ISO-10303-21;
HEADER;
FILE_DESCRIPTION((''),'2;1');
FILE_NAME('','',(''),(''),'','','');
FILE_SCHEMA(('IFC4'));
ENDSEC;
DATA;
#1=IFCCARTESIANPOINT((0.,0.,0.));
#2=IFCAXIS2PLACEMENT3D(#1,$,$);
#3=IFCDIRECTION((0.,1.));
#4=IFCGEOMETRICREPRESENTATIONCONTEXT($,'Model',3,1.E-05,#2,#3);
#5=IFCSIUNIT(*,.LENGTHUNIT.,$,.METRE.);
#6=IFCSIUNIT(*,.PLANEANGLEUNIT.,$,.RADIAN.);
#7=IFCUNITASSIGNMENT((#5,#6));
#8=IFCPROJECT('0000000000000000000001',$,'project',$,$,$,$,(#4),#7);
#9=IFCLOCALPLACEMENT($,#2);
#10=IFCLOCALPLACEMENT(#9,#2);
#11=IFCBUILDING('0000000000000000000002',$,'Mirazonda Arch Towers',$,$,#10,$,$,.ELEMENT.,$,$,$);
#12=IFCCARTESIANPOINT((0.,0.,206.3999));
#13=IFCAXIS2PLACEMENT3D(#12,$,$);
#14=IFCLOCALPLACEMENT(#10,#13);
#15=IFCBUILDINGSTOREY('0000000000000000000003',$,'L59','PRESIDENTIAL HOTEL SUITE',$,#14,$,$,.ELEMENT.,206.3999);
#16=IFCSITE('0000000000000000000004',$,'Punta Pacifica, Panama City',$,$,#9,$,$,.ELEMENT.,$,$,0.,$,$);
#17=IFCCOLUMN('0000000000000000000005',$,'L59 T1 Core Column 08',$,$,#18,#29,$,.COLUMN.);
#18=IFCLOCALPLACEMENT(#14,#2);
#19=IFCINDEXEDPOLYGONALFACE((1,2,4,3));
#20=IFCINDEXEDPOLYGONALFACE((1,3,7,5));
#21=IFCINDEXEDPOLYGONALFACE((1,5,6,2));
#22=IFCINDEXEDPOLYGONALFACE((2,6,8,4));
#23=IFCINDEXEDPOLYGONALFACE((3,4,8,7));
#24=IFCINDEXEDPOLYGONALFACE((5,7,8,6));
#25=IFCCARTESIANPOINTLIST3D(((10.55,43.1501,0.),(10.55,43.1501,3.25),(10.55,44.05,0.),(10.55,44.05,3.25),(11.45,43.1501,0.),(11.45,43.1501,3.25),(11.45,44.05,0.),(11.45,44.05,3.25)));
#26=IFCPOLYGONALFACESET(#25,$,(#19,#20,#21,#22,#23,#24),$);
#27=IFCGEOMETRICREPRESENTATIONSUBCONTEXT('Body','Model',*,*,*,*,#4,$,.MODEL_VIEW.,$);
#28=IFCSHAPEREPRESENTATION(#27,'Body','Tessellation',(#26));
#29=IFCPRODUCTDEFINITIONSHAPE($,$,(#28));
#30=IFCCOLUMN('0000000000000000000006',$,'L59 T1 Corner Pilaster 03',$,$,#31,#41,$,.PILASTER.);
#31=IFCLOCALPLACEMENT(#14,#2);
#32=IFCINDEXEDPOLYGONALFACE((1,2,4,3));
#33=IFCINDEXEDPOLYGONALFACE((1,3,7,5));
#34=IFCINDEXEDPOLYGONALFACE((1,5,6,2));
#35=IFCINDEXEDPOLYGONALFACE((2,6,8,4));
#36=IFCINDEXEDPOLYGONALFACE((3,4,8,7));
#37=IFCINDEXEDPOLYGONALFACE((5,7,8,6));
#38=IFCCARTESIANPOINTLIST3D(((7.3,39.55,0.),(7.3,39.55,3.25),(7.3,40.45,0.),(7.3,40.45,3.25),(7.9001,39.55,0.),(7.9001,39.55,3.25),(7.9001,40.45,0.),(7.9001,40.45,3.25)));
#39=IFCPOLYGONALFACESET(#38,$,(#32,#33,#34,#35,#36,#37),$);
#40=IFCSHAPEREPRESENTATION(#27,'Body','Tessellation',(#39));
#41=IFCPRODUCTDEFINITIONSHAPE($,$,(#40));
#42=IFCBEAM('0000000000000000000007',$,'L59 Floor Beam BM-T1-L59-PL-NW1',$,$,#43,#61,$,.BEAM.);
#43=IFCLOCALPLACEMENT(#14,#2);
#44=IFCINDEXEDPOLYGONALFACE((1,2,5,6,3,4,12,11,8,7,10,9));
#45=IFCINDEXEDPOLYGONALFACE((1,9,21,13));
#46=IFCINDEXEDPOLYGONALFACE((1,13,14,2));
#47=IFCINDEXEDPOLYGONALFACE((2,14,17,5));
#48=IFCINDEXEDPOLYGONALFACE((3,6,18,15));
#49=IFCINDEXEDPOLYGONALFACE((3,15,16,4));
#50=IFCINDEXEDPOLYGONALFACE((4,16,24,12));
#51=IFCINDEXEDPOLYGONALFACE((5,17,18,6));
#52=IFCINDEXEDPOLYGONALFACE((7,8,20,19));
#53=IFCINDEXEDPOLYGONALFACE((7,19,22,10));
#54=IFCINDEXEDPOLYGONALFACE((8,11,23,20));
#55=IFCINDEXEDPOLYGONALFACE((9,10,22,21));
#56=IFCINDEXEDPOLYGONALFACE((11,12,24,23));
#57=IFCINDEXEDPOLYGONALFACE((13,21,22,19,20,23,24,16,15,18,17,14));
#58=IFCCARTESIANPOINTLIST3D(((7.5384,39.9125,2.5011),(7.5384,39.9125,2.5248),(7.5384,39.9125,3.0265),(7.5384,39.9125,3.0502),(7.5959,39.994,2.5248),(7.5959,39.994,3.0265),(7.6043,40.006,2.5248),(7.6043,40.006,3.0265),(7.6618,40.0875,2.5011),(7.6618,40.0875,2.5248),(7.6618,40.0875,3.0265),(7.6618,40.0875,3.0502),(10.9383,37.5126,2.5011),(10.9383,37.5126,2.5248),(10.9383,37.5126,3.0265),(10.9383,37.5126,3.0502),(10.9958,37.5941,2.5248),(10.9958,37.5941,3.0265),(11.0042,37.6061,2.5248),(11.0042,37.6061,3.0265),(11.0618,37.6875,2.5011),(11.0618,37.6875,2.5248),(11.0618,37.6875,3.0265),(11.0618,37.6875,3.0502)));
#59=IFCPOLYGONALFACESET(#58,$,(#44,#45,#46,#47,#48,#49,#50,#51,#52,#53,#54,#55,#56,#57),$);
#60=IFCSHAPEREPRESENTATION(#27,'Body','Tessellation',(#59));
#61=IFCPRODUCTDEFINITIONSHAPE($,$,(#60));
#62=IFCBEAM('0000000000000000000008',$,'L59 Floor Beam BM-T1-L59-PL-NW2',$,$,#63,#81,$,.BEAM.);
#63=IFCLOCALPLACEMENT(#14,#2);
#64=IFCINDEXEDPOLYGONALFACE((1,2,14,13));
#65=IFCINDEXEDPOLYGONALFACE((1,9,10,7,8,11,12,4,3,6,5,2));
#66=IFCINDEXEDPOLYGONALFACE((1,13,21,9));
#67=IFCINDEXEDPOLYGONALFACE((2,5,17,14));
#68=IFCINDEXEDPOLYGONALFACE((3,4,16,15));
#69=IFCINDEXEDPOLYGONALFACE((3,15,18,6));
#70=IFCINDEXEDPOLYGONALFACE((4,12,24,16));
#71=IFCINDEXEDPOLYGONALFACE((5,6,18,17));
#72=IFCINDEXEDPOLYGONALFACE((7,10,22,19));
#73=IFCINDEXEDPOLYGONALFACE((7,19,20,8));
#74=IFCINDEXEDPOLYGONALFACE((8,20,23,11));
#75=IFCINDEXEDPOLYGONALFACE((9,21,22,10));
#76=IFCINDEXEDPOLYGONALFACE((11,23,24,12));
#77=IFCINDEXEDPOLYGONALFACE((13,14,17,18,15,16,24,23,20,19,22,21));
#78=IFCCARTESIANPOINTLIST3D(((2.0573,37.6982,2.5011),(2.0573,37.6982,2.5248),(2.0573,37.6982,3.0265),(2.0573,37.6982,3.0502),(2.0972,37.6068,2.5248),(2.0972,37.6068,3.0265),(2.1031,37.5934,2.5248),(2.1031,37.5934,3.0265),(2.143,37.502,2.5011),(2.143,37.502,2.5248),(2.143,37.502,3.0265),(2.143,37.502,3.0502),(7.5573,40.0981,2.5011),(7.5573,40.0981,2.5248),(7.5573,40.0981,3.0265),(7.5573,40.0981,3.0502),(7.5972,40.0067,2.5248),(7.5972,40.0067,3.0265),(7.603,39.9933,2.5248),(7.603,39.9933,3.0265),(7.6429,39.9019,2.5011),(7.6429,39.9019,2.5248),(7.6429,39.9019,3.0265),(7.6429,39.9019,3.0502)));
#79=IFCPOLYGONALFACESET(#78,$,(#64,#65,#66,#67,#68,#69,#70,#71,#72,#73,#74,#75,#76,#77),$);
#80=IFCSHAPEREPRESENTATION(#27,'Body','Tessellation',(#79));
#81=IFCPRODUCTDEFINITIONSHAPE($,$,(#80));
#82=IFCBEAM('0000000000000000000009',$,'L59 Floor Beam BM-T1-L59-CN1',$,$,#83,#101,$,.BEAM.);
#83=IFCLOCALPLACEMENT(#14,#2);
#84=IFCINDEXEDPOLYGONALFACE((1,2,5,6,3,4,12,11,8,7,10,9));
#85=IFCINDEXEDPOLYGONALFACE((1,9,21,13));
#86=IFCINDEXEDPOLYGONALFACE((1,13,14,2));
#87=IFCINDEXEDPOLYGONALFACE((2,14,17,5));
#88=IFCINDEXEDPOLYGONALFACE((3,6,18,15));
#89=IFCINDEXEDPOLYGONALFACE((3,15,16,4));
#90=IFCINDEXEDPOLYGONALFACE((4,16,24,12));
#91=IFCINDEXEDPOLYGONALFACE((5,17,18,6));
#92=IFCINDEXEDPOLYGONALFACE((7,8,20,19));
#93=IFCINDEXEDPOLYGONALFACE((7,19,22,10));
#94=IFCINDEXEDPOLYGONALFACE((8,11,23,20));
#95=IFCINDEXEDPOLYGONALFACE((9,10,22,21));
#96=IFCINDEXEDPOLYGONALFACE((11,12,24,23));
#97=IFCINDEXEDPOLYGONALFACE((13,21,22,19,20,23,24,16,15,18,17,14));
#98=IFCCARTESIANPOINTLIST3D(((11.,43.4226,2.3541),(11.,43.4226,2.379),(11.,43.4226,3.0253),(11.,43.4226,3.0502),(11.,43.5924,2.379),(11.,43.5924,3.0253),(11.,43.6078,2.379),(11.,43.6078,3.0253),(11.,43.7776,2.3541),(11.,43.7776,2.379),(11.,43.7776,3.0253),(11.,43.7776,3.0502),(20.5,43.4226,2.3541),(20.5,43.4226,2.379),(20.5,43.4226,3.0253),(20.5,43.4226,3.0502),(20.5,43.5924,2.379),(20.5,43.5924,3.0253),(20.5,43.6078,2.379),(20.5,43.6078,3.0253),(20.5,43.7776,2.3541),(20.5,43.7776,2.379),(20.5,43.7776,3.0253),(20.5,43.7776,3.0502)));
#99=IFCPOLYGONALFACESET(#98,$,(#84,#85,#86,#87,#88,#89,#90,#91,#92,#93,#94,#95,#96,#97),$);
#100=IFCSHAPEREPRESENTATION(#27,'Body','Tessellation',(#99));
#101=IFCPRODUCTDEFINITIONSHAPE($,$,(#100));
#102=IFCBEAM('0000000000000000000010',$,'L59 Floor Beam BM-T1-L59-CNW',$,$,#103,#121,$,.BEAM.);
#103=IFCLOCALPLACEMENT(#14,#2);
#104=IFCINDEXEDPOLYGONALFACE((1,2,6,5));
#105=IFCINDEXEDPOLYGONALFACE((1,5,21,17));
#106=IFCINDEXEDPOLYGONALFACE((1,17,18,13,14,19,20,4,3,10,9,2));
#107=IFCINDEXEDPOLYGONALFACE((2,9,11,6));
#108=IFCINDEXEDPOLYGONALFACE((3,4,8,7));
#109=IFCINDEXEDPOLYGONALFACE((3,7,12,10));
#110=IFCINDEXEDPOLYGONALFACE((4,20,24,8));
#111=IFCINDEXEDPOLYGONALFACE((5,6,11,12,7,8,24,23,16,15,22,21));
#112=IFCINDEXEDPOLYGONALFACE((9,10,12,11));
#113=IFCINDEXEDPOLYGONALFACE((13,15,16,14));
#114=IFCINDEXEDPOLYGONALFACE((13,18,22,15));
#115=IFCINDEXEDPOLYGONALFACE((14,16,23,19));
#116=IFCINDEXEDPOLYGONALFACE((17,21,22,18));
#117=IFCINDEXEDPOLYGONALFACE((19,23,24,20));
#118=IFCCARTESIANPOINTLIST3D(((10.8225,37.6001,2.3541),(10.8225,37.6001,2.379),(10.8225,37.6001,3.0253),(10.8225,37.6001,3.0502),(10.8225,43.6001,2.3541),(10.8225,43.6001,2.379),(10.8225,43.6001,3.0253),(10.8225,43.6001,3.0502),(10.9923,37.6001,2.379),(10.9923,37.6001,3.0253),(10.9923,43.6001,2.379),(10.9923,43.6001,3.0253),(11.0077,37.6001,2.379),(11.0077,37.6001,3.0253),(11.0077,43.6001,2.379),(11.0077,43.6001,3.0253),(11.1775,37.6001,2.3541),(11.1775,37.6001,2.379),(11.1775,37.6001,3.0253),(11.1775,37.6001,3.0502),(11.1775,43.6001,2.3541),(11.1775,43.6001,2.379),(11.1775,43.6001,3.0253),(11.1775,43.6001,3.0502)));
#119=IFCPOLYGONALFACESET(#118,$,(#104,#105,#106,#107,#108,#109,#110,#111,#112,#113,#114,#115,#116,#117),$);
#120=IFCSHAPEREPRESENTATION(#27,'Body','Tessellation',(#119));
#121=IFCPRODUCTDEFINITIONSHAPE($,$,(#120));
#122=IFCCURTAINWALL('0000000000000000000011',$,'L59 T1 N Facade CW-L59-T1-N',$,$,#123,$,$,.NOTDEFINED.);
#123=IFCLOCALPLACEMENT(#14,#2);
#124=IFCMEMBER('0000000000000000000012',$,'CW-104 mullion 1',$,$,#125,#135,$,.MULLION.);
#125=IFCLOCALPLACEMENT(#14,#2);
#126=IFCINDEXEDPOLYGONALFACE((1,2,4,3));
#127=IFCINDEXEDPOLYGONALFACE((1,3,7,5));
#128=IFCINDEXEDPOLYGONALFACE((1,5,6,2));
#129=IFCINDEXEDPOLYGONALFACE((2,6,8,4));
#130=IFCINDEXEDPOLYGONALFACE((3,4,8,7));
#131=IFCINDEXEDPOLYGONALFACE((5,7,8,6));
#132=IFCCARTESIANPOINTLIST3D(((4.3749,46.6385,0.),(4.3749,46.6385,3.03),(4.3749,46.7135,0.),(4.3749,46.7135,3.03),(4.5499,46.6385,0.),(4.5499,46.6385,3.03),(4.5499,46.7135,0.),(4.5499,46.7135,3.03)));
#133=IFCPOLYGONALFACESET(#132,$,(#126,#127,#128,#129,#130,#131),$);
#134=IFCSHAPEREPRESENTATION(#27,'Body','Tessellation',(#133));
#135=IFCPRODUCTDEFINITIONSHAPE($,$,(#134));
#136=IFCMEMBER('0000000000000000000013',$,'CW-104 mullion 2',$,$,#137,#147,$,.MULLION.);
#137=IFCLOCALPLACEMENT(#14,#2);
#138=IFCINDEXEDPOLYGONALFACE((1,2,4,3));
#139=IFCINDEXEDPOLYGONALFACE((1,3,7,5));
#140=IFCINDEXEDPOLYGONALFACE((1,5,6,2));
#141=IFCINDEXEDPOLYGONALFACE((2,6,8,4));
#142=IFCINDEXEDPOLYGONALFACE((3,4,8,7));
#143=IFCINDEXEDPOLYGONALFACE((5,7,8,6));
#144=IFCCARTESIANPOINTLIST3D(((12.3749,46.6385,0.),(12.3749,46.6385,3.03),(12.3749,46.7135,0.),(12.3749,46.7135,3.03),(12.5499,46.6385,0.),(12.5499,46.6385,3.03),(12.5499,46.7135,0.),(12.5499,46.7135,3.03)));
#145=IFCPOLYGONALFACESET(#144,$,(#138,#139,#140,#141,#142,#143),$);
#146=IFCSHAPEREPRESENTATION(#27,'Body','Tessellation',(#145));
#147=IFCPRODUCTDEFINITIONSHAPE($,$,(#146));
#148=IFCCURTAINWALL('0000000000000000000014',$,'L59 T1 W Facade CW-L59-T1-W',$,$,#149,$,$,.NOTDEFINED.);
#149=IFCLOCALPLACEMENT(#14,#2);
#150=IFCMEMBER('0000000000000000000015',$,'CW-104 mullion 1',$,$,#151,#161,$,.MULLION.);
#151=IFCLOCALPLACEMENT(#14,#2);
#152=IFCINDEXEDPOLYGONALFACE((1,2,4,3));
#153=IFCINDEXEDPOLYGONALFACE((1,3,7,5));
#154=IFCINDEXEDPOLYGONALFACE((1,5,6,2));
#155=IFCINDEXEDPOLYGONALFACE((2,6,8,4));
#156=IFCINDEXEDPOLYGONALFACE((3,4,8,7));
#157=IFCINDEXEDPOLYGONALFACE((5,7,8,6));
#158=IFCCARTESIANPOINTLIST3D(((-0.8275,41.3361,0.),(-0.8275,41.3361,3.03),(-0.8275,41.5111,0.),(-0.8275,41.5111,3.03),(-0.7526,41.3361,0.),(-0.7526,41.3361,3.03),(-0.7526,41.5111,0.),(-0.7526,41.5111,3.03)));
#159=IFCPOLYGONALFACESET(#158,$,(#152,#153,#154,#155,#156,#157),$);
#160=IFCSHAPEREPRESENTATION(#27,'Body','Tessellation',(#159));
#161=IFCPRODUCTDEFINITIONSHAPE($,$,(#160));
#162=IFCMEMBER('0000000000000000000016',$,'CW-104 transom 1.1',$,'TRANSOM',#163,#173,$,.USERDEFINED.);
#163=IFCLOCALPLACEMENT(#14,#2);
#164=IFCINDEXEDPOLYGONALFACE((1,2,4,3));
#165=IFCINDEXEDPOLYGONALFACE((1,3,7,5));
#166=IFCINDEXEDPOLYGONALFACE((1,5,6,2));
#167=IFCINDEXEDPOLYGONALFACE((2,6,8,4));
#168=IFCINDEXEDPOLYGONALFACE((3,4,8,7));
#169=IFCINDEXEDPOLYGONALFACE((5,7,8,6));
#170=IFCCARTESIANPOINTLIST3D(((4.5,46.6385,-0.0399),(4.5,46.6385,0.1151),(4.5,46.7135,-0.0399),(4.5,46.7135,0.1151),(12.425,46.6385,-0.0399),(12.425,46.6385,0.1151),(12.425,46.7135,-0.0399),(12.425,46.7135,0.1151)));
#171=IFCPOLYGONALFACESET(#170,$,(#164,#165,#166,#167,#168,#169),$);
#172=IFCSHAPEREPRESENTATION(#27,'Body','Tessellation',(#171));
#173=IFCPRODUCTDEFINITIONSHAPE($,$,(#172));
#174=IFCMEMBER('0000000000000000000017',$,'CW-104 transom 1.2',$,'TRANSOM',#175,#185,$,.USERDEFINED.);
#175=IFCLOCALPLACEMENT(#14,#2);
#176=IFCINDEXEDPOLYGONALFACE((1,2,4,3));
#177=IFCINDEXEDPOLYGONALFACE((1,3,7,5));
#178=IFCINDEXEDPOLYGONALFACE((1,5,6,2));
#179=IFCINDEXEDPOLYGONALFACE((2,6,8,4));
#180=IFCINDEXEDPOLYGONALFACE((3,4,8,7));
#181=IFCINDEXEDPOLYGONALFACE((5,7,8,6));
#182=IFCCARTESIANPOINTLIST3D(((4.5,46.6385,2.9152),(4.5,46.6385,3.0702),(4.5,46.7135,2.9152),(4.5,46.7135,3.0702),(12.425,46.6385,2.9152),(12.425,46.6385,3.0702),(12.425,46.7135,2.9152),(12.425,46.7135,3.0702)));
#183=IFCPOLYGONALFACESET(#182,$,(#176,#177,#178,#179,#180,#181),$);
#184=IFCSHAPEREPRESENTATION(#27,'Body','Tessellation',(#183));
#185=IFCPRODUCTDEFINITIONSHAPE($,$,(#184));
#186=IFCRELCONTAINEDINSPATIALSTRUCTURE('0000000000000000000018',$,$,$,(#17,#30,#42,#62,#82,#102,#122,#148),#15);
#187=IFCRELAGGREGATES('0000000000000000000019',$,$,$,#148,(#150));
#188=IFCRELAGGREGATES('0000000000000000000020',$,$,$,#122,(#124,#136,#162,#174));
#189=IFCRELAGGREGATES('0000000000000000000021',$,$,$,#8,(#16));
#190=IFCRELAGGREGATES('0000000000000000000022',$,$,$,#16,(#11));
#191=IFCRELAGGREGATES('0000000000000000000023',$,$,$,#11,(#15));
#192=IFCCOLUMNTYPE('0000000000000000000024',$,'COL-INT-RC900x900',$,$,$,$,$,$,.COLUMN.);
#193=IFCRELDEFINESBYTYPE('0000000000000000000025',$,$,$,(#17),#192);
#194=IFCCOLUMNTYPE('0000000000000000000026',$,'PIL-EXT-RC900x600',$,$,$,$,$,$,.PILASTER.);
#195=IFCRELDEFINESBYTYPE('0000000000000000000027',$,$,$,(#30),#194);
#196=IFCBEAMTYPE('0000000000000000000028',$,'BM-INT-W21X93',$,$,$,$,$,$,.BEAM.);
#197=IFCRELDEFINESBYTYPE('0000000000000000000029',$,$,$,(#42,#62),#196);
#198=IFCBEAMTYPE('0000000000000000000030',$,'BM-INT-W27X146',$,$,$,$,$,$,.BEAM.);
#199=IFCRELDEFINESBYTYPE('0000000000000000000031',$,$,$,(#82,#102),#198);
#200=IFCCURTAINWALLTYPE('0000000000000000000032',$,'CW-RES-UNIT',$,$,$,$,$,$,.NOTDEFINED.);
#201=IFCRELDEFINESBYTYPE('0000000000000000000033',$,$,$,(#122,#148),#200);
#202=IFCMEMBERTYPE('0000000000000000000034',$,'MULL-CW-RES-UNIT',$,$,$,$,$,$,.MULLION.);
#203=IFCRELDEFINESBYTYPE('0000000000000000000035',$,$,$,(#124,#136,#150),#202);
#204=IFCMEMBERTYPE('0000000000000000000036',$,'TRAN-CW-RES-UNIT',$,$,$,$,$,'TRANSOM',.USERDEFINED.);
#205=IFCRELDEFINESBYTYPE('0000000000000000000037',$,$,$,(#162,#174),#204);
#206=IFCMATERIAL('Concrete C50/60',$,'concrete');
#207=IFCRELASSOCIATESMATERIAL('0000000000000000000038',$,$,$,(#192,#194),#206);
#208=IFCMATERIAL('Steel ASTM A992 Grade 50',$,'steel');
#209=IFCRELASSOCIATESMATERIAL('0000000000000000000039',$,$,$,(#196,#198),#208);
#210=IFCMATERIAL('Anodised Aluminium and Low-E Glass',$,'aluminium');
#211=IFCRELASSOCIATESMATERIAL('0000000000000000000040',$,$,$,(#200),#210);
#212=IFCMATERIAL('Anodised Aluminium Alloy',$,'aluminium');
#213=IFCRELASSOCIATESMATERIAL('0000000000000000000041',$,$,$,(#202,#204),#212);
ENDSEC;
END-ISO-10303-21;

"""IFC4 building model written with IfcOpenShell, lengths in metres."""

from ifc_helpers import new_model, si_unit, direction, frame, origin, origin_2d, place, context, subcontext, project, spatial, rectangle, i_section, extrude, material, material_profile, profile_set, type_object, element, aggregate, save


model = new_model("IFC4")

# Units and contexts
model_context = context("Model", 3, precision=1e-05, world=origin(), true_north=direction((0.0, 1.0)))
body_context = subcontext(model_context, "Body", "Model", "MODEL_VIEW")
ifc_project = project(units=[si_unit("LENGTHUNIT", "METRE"), si_unit("PLANEANGLEUNIT", "RADIAN")], contexts=[model_context])

# Site, building, storey
site_placement = place(None, origin())
site = spatial("IfcSite", under=ifc_project, at=site_placement, Name="Punta Pacifica, Panama City", CompositionType="ELEMENT", RefElevation=0.0)
building_placement = place(site_placement, origin())
building = spatial("IfcBuilding", under=site, at=building_placement, Name="Mirazonda Arch Towers", CompositionType="ELEMENT")
storey_placement = place(building_placement, frame((0.0, 0.0, 206.3999)))
storey = spatial("IfcBuildingStorey", under=building, at=storey_placement, Name="L59", Description="PRESIDENTIAL HOTEL SUITE", CompositionType="ELEMENT", Elevation=206.3999)

# Columns
ifc_material_1 = material(Name="Concrete C50/60", Category="concrete")
ifc_material_profile_1 = material_profile(ifc_material_1, rectangle(XDim=0.8999, YDim=0.8999, at=origin_2d()), Name="RC900x900")
ifc_profile_set_1 = profile_set([ifc_material_profile_1], Name="Concrete C50/60")
column_type_1 = type_object("IfcColumnType", Name="COL-INT-RC900x900", PredefinedType="COLUMN", material=ifc_profile_set_1)
column_1_placement = place(storey_placement, frame((11.0, 43.6001, 0.0), z_axis=(0.0, 0.0, 1.0), x_axis=(1.0, 0.0, 0.0)))
element("IfcColumn", 1, at=column_1_placement, inside=storey, type_object=column_type_1, Name="L59 T1 Core Column 08", PredefinedType="COLUMN", context=body_context, shape_type="SweptSolid", body=[
    extrude(rectangle(XDim=0.8999, YDim=0.8999, at=origin_2d()), origin(), (0.0, 0.0, 1.0), 3.25),
])
ifc_material_profile_2 = material_profile(ifc_material_1, rectangle(XDim=0.6001, YDim=0.8999, at=origin_2d()), Name="RC900x600")
ifc_profile_set_2 = profile_set([ifc_material_profile_2], Name="Concrete C50/60")
column_type_2 = type_object("IfcColumnType", Name="PIL-EXT-RC900x600", PredefinedType="PILASTER", material=ifc_profile_set_2)
column_2_placement = place(storey_placement, frame((7.6001, 40.0, 0.0), z_axis=(0.0, 0.0, 1.0), x_axis=(1.0, 0.0, 0.0)))
element("IfcColumn", 2, at=column_2_placement, inside=storey, type_object=column_type_2, Name="L59 T1 Corner Pilaster 03", PredefinedType="PILASTER", context=body_context, shape_type="SweptSolid", body=[
    extrude(rectangle(XDim=0.6001, YDim=0.8999, at=origin_2d()), origin(), (0.0, 0.0, 1.0), 3.25),
])

# Beams
ifc_material_2 = material(Name="Steel ASTM A992 Grade 50", Category="steel")
ifc_material_profile_3 = material_profile(ifc_material_2, i_section(OverallWidth=0.2141, OverallDepth=0.5491, WebThickness=0.0146, FlangeThickness=0.0237, at=origin_2d()), Name="W21X93")
ifc_profile_set_3 = profile_set([ifc_material_profile_3], Name="Steel ASTM A992 Grade 50")
beam_type_1 = type_object("IfcBeamType", Name="BM-INT-W21X93", PredefinedType="BEAM", material=ifc_profile_set_3)
beam_1_placement = place(storey_placement, frame((7.6001, 40.0, 2.7756), z_axis=(0.816971, -0.576679, 0.0), x_axis=(0.576679, 0.816971, 0.0)))
element("IfcBeam", 3, at=beam_1_placement, inside=storey, type_object=beam_type_1, Name="L59 Floor Beam BM-T1-L59-PL-NW1", PredefinedType="BEAM", context=body_context, shape_type="SweptSolid", body=[
    extrude(i_section(OverallWidth=0.2141, OverallDepth=0.5491, WebThickness=0.0146, FlangeThickness=0.0237, at=origin_2d()), origin(), (0.0, 0.0, 1.0), 4.1616),
])
beam_2_placement = place(storey_placement, frame((7.6001, 40.0, 2.7756), z_axis=(-0.916545, -0.399931, 0.0), x_axis=(0.399931, -0.916545, 0.0)))
element("IfcBeam", 4, at=beam_2_placement, inside=storey, type_object=beam_type_1, Name="L59 Floor Beam BM-T1-L59-PL-NW2", PredefinedType="BEAM", context=body_context, shape_type="SweptSolid", body=[
    extrude(i_section(OverallWidth=0.2141, OverallDepth=0.5491, WebThickness=0.0146, FlangeThickness=0.0237, at=origin_2d()), origin(), (0.0, 0.0, 1.0), 6.0007),
])
ifc_material_profile_4 = material_profile(ifc_material_2, i_section(OverallWidth=0.355, OverallDepth=0.696, WebThickness=0.0154, FlangeThickness=0.0249, at=origin_2d()), Name="W27X146")
ifc_profile_set_4 = profile_set([ifc_material_profile_4], Name="Steel ASTM A992 Grade 50")
beam_type_2 = type_object("IfcBeamType", Name="BM-INT-W27X146", PredefinedType="BEAM", material=ifc_profile_set_4)
beam_3_placement = place(storey_placement, frame((11.0, 43.6001, 2.7021), z_axis=(1.0, 0.0, 0.0), x_axis=(0.0, 1.0, 0.0)))
element("IfcBeam", 5, at=beam_3_placement, inside=storey, type_object=beam_type_2, Name="L59 Floor Beam BM-T1-L59-CN1", PredefinedType="BEAM", context=body_context, shape_type="SweptSolid", body=[
    extrude(i_section(OverallWidth=0.355, OverallDepth=0.696, WebThickness=0.0154, FlangeThickness=0.0249, at=origin_2d()), origin(), (0.0, 0.0, 1.0), 9.5),
])
beam_4_placement = place(storey_placement, frame((11.0, 37.6001, 2.7021), z_axis=(0.0, 1.0, 0.0), x_axis=(-1.0, 0.0, 0.0)))
element("IfcBeam", 6, at=beam_4_placement, inside=storey, type_object=beam_type_2, Name="L59 Floor Beam BM-T1-L59-CNW", PredefinedType="BEAM", context=body_context, shape_type="SweptSolid", body=[
    extrude(i_section(OverallWidth=0.355, OverallDepth=0.696, WebThickness=0.0154, FlangeThickness=0.0249, at=origin_2d()), origin(), (0.0, 0.0, 1.0), 6.0),
])

# Curtain wall, members
ifc_material_3 = material(Name="Anodised Aluminium and Low-E Glass", Category="aluminium")
curtain_wall_type = type_object("IfcCurtainWallType", Name="CW-RES-UNIT", PredefinedType="NOTDEFINED", material=ifc_material_3)
curtain_wall_1_placement = place(storey_placement, origin())
curtain_wall_1 = element("IfcCurtainWall", 7, at=curtain_wall_1_placement, inside=storey, type_object=curtain_wall_type, Name="L59 T1 N Facade CW-L59-T1-N", PredefinedType="NOTDEFINED")
ifc_material_4 = material(Name="Anodised Aluminium Alloy", Category="aluminium")
ifc_material_profile_5 = material_profile(ifc_material_4, rectangle(XDim=0.075, YDim=0.175, at=origin_2d()), Name="ALU-MULL-75x175")
ifc_profile_set_5 = profile_set([ifc_material_profile_5], Name="Anodised Aluminium Alloy")
member_type_1 = type_object("IfcMemberType", Name="MULL-CW-RES-UNIT", PredefinedType="MULLION", material=ifc_profile_set_5)
member_1_placement = place(storey_placement, frame((4.4624, 46.676, 0.0), z_axis=(0.0, 0.0, 1.0), x_axis=(0.0, 1.0, 0.0)))
member_1 = element("IfcMember", 8, at=member_1_placement, type_object=member_type_1, Name="CW-104 mullion 1", PredefinedType="MULLION", context=body_context, shape_type="SweptSolid", body=[
    extrude(rectangle(XDim=0.075, YDim=0.175, at=origin_2d()), origin(), (0.0, 0.0, 1.0), 3.03),
])
member_2_placement = place(storey_placement, frame((12.4624, 46.676, 0.0), z_axis=(0.0, 0.0, 1.0), x_axis=(0.0, 1.0, 0.0)))
member_2 = element("IfcMember", 9, at=member_2_placement, type_object=member_type_1, Name="CW-104 mullion 2", PredefinedType="MULLION", context=body_context, shape_type="SweptSolid", body=[
    extrude(rectangle(XDim=0.075, YDim=0.175, at=origin_2d()), origin(), (0.0, 0.0, 1.0), 3.03),
])

# Curtain wall, member
curtain_wall_2_placement = place(storey_placement, origin())
curtain_wall_2 = element("IfcCurtainWall", 10, at=curtain_wall_2_placement, inside=storey, type_object=curtain_wall_type, Name="L59 T1 W Facade CW-L59-T1-W", PredefinedType="NOTDEFINED")
member_3_placement = place(storey_placement, frame((-0.79, 41.4236, 0.0), z_axis=(0.0, 0.0, 1.0), x_axis=(1.0, 0.0, 0.0)))
member_3 = element("IfcMember", 11, at=member_3_placement, type_object=member_type_1, Name="CW-104 mullion 1", PredefinedType="MULLION", context=body_context, shape_type="SweptSolid", body=[
    extrude(rectangle(XDim=0.075, YDim=0.175, at=origin_2d()), origin(), (0.0, 0.0, 1.0), 3.03),
])

# Members
ifc_material_profile_6 = material_profile(ifc_material_4, rectangle(XDim=0.075, YDim=0.155, at=origin_2d()), Name="ALU-TRAN-75x155")
ifc_profile_set_6 = profile_set([ifc_material_profile_6], Name="Anodised Aluminium Alloy")
member_type_2 = type_object("IfcMemberType", Name="TRAN-CW-RES-UNIT", ElementType="TRANSOM", PredefinedType="USERDEFINED", material=ifc_profile_set_6)
member_4_placement = place(storey_placement, frame((4.5, 46.676, 0.0376), z_axis=(1.0, 0.0, 0.0), x_axis=(0.0, 1.0, 0.0)))
member_4 = element("IfcMember", 12, at=member_4_placement, type_object=member_type_2, Name="CW-104 transom 1.1", ObjectType="TRANSOM", PredefinedType="USERDEFINED", context=body_context, shape_type="SweptSolid", body=[
    extrude(rectangle(XDim=0.075, YDim=0.155, at=origin_2d()), origin(), (0.0, 0.0, 1.0), 7.925),
])
member_5_placement = place(storey_placement, frame((4.5, 46.676, 2.9927), z_axis=(1.0, 0.0, 0.0), x_axis=(0.0, 1.0, 0.0)))
member_5 = element("IfcMember", 13, at=member_5_placement, type_object=member_type_2, Name="CW-104 transom 1.2", ObjectType="TRANSOM", PredefinedType="USERDEFINED", context=body_context, shape_type="SweptSolid", body=[
    extrude(rectangle(XDim=0.075, YDim=0.155, at=origin_2d()), origin(), (0.0, 0.0, 1.0), 7.925),
])
aggregate(curtain_wall_2, [member_3])

aggregate(curtain_wall_1, [member_1, member_2, member_4, member_5])

save(model, "model.ifc")
